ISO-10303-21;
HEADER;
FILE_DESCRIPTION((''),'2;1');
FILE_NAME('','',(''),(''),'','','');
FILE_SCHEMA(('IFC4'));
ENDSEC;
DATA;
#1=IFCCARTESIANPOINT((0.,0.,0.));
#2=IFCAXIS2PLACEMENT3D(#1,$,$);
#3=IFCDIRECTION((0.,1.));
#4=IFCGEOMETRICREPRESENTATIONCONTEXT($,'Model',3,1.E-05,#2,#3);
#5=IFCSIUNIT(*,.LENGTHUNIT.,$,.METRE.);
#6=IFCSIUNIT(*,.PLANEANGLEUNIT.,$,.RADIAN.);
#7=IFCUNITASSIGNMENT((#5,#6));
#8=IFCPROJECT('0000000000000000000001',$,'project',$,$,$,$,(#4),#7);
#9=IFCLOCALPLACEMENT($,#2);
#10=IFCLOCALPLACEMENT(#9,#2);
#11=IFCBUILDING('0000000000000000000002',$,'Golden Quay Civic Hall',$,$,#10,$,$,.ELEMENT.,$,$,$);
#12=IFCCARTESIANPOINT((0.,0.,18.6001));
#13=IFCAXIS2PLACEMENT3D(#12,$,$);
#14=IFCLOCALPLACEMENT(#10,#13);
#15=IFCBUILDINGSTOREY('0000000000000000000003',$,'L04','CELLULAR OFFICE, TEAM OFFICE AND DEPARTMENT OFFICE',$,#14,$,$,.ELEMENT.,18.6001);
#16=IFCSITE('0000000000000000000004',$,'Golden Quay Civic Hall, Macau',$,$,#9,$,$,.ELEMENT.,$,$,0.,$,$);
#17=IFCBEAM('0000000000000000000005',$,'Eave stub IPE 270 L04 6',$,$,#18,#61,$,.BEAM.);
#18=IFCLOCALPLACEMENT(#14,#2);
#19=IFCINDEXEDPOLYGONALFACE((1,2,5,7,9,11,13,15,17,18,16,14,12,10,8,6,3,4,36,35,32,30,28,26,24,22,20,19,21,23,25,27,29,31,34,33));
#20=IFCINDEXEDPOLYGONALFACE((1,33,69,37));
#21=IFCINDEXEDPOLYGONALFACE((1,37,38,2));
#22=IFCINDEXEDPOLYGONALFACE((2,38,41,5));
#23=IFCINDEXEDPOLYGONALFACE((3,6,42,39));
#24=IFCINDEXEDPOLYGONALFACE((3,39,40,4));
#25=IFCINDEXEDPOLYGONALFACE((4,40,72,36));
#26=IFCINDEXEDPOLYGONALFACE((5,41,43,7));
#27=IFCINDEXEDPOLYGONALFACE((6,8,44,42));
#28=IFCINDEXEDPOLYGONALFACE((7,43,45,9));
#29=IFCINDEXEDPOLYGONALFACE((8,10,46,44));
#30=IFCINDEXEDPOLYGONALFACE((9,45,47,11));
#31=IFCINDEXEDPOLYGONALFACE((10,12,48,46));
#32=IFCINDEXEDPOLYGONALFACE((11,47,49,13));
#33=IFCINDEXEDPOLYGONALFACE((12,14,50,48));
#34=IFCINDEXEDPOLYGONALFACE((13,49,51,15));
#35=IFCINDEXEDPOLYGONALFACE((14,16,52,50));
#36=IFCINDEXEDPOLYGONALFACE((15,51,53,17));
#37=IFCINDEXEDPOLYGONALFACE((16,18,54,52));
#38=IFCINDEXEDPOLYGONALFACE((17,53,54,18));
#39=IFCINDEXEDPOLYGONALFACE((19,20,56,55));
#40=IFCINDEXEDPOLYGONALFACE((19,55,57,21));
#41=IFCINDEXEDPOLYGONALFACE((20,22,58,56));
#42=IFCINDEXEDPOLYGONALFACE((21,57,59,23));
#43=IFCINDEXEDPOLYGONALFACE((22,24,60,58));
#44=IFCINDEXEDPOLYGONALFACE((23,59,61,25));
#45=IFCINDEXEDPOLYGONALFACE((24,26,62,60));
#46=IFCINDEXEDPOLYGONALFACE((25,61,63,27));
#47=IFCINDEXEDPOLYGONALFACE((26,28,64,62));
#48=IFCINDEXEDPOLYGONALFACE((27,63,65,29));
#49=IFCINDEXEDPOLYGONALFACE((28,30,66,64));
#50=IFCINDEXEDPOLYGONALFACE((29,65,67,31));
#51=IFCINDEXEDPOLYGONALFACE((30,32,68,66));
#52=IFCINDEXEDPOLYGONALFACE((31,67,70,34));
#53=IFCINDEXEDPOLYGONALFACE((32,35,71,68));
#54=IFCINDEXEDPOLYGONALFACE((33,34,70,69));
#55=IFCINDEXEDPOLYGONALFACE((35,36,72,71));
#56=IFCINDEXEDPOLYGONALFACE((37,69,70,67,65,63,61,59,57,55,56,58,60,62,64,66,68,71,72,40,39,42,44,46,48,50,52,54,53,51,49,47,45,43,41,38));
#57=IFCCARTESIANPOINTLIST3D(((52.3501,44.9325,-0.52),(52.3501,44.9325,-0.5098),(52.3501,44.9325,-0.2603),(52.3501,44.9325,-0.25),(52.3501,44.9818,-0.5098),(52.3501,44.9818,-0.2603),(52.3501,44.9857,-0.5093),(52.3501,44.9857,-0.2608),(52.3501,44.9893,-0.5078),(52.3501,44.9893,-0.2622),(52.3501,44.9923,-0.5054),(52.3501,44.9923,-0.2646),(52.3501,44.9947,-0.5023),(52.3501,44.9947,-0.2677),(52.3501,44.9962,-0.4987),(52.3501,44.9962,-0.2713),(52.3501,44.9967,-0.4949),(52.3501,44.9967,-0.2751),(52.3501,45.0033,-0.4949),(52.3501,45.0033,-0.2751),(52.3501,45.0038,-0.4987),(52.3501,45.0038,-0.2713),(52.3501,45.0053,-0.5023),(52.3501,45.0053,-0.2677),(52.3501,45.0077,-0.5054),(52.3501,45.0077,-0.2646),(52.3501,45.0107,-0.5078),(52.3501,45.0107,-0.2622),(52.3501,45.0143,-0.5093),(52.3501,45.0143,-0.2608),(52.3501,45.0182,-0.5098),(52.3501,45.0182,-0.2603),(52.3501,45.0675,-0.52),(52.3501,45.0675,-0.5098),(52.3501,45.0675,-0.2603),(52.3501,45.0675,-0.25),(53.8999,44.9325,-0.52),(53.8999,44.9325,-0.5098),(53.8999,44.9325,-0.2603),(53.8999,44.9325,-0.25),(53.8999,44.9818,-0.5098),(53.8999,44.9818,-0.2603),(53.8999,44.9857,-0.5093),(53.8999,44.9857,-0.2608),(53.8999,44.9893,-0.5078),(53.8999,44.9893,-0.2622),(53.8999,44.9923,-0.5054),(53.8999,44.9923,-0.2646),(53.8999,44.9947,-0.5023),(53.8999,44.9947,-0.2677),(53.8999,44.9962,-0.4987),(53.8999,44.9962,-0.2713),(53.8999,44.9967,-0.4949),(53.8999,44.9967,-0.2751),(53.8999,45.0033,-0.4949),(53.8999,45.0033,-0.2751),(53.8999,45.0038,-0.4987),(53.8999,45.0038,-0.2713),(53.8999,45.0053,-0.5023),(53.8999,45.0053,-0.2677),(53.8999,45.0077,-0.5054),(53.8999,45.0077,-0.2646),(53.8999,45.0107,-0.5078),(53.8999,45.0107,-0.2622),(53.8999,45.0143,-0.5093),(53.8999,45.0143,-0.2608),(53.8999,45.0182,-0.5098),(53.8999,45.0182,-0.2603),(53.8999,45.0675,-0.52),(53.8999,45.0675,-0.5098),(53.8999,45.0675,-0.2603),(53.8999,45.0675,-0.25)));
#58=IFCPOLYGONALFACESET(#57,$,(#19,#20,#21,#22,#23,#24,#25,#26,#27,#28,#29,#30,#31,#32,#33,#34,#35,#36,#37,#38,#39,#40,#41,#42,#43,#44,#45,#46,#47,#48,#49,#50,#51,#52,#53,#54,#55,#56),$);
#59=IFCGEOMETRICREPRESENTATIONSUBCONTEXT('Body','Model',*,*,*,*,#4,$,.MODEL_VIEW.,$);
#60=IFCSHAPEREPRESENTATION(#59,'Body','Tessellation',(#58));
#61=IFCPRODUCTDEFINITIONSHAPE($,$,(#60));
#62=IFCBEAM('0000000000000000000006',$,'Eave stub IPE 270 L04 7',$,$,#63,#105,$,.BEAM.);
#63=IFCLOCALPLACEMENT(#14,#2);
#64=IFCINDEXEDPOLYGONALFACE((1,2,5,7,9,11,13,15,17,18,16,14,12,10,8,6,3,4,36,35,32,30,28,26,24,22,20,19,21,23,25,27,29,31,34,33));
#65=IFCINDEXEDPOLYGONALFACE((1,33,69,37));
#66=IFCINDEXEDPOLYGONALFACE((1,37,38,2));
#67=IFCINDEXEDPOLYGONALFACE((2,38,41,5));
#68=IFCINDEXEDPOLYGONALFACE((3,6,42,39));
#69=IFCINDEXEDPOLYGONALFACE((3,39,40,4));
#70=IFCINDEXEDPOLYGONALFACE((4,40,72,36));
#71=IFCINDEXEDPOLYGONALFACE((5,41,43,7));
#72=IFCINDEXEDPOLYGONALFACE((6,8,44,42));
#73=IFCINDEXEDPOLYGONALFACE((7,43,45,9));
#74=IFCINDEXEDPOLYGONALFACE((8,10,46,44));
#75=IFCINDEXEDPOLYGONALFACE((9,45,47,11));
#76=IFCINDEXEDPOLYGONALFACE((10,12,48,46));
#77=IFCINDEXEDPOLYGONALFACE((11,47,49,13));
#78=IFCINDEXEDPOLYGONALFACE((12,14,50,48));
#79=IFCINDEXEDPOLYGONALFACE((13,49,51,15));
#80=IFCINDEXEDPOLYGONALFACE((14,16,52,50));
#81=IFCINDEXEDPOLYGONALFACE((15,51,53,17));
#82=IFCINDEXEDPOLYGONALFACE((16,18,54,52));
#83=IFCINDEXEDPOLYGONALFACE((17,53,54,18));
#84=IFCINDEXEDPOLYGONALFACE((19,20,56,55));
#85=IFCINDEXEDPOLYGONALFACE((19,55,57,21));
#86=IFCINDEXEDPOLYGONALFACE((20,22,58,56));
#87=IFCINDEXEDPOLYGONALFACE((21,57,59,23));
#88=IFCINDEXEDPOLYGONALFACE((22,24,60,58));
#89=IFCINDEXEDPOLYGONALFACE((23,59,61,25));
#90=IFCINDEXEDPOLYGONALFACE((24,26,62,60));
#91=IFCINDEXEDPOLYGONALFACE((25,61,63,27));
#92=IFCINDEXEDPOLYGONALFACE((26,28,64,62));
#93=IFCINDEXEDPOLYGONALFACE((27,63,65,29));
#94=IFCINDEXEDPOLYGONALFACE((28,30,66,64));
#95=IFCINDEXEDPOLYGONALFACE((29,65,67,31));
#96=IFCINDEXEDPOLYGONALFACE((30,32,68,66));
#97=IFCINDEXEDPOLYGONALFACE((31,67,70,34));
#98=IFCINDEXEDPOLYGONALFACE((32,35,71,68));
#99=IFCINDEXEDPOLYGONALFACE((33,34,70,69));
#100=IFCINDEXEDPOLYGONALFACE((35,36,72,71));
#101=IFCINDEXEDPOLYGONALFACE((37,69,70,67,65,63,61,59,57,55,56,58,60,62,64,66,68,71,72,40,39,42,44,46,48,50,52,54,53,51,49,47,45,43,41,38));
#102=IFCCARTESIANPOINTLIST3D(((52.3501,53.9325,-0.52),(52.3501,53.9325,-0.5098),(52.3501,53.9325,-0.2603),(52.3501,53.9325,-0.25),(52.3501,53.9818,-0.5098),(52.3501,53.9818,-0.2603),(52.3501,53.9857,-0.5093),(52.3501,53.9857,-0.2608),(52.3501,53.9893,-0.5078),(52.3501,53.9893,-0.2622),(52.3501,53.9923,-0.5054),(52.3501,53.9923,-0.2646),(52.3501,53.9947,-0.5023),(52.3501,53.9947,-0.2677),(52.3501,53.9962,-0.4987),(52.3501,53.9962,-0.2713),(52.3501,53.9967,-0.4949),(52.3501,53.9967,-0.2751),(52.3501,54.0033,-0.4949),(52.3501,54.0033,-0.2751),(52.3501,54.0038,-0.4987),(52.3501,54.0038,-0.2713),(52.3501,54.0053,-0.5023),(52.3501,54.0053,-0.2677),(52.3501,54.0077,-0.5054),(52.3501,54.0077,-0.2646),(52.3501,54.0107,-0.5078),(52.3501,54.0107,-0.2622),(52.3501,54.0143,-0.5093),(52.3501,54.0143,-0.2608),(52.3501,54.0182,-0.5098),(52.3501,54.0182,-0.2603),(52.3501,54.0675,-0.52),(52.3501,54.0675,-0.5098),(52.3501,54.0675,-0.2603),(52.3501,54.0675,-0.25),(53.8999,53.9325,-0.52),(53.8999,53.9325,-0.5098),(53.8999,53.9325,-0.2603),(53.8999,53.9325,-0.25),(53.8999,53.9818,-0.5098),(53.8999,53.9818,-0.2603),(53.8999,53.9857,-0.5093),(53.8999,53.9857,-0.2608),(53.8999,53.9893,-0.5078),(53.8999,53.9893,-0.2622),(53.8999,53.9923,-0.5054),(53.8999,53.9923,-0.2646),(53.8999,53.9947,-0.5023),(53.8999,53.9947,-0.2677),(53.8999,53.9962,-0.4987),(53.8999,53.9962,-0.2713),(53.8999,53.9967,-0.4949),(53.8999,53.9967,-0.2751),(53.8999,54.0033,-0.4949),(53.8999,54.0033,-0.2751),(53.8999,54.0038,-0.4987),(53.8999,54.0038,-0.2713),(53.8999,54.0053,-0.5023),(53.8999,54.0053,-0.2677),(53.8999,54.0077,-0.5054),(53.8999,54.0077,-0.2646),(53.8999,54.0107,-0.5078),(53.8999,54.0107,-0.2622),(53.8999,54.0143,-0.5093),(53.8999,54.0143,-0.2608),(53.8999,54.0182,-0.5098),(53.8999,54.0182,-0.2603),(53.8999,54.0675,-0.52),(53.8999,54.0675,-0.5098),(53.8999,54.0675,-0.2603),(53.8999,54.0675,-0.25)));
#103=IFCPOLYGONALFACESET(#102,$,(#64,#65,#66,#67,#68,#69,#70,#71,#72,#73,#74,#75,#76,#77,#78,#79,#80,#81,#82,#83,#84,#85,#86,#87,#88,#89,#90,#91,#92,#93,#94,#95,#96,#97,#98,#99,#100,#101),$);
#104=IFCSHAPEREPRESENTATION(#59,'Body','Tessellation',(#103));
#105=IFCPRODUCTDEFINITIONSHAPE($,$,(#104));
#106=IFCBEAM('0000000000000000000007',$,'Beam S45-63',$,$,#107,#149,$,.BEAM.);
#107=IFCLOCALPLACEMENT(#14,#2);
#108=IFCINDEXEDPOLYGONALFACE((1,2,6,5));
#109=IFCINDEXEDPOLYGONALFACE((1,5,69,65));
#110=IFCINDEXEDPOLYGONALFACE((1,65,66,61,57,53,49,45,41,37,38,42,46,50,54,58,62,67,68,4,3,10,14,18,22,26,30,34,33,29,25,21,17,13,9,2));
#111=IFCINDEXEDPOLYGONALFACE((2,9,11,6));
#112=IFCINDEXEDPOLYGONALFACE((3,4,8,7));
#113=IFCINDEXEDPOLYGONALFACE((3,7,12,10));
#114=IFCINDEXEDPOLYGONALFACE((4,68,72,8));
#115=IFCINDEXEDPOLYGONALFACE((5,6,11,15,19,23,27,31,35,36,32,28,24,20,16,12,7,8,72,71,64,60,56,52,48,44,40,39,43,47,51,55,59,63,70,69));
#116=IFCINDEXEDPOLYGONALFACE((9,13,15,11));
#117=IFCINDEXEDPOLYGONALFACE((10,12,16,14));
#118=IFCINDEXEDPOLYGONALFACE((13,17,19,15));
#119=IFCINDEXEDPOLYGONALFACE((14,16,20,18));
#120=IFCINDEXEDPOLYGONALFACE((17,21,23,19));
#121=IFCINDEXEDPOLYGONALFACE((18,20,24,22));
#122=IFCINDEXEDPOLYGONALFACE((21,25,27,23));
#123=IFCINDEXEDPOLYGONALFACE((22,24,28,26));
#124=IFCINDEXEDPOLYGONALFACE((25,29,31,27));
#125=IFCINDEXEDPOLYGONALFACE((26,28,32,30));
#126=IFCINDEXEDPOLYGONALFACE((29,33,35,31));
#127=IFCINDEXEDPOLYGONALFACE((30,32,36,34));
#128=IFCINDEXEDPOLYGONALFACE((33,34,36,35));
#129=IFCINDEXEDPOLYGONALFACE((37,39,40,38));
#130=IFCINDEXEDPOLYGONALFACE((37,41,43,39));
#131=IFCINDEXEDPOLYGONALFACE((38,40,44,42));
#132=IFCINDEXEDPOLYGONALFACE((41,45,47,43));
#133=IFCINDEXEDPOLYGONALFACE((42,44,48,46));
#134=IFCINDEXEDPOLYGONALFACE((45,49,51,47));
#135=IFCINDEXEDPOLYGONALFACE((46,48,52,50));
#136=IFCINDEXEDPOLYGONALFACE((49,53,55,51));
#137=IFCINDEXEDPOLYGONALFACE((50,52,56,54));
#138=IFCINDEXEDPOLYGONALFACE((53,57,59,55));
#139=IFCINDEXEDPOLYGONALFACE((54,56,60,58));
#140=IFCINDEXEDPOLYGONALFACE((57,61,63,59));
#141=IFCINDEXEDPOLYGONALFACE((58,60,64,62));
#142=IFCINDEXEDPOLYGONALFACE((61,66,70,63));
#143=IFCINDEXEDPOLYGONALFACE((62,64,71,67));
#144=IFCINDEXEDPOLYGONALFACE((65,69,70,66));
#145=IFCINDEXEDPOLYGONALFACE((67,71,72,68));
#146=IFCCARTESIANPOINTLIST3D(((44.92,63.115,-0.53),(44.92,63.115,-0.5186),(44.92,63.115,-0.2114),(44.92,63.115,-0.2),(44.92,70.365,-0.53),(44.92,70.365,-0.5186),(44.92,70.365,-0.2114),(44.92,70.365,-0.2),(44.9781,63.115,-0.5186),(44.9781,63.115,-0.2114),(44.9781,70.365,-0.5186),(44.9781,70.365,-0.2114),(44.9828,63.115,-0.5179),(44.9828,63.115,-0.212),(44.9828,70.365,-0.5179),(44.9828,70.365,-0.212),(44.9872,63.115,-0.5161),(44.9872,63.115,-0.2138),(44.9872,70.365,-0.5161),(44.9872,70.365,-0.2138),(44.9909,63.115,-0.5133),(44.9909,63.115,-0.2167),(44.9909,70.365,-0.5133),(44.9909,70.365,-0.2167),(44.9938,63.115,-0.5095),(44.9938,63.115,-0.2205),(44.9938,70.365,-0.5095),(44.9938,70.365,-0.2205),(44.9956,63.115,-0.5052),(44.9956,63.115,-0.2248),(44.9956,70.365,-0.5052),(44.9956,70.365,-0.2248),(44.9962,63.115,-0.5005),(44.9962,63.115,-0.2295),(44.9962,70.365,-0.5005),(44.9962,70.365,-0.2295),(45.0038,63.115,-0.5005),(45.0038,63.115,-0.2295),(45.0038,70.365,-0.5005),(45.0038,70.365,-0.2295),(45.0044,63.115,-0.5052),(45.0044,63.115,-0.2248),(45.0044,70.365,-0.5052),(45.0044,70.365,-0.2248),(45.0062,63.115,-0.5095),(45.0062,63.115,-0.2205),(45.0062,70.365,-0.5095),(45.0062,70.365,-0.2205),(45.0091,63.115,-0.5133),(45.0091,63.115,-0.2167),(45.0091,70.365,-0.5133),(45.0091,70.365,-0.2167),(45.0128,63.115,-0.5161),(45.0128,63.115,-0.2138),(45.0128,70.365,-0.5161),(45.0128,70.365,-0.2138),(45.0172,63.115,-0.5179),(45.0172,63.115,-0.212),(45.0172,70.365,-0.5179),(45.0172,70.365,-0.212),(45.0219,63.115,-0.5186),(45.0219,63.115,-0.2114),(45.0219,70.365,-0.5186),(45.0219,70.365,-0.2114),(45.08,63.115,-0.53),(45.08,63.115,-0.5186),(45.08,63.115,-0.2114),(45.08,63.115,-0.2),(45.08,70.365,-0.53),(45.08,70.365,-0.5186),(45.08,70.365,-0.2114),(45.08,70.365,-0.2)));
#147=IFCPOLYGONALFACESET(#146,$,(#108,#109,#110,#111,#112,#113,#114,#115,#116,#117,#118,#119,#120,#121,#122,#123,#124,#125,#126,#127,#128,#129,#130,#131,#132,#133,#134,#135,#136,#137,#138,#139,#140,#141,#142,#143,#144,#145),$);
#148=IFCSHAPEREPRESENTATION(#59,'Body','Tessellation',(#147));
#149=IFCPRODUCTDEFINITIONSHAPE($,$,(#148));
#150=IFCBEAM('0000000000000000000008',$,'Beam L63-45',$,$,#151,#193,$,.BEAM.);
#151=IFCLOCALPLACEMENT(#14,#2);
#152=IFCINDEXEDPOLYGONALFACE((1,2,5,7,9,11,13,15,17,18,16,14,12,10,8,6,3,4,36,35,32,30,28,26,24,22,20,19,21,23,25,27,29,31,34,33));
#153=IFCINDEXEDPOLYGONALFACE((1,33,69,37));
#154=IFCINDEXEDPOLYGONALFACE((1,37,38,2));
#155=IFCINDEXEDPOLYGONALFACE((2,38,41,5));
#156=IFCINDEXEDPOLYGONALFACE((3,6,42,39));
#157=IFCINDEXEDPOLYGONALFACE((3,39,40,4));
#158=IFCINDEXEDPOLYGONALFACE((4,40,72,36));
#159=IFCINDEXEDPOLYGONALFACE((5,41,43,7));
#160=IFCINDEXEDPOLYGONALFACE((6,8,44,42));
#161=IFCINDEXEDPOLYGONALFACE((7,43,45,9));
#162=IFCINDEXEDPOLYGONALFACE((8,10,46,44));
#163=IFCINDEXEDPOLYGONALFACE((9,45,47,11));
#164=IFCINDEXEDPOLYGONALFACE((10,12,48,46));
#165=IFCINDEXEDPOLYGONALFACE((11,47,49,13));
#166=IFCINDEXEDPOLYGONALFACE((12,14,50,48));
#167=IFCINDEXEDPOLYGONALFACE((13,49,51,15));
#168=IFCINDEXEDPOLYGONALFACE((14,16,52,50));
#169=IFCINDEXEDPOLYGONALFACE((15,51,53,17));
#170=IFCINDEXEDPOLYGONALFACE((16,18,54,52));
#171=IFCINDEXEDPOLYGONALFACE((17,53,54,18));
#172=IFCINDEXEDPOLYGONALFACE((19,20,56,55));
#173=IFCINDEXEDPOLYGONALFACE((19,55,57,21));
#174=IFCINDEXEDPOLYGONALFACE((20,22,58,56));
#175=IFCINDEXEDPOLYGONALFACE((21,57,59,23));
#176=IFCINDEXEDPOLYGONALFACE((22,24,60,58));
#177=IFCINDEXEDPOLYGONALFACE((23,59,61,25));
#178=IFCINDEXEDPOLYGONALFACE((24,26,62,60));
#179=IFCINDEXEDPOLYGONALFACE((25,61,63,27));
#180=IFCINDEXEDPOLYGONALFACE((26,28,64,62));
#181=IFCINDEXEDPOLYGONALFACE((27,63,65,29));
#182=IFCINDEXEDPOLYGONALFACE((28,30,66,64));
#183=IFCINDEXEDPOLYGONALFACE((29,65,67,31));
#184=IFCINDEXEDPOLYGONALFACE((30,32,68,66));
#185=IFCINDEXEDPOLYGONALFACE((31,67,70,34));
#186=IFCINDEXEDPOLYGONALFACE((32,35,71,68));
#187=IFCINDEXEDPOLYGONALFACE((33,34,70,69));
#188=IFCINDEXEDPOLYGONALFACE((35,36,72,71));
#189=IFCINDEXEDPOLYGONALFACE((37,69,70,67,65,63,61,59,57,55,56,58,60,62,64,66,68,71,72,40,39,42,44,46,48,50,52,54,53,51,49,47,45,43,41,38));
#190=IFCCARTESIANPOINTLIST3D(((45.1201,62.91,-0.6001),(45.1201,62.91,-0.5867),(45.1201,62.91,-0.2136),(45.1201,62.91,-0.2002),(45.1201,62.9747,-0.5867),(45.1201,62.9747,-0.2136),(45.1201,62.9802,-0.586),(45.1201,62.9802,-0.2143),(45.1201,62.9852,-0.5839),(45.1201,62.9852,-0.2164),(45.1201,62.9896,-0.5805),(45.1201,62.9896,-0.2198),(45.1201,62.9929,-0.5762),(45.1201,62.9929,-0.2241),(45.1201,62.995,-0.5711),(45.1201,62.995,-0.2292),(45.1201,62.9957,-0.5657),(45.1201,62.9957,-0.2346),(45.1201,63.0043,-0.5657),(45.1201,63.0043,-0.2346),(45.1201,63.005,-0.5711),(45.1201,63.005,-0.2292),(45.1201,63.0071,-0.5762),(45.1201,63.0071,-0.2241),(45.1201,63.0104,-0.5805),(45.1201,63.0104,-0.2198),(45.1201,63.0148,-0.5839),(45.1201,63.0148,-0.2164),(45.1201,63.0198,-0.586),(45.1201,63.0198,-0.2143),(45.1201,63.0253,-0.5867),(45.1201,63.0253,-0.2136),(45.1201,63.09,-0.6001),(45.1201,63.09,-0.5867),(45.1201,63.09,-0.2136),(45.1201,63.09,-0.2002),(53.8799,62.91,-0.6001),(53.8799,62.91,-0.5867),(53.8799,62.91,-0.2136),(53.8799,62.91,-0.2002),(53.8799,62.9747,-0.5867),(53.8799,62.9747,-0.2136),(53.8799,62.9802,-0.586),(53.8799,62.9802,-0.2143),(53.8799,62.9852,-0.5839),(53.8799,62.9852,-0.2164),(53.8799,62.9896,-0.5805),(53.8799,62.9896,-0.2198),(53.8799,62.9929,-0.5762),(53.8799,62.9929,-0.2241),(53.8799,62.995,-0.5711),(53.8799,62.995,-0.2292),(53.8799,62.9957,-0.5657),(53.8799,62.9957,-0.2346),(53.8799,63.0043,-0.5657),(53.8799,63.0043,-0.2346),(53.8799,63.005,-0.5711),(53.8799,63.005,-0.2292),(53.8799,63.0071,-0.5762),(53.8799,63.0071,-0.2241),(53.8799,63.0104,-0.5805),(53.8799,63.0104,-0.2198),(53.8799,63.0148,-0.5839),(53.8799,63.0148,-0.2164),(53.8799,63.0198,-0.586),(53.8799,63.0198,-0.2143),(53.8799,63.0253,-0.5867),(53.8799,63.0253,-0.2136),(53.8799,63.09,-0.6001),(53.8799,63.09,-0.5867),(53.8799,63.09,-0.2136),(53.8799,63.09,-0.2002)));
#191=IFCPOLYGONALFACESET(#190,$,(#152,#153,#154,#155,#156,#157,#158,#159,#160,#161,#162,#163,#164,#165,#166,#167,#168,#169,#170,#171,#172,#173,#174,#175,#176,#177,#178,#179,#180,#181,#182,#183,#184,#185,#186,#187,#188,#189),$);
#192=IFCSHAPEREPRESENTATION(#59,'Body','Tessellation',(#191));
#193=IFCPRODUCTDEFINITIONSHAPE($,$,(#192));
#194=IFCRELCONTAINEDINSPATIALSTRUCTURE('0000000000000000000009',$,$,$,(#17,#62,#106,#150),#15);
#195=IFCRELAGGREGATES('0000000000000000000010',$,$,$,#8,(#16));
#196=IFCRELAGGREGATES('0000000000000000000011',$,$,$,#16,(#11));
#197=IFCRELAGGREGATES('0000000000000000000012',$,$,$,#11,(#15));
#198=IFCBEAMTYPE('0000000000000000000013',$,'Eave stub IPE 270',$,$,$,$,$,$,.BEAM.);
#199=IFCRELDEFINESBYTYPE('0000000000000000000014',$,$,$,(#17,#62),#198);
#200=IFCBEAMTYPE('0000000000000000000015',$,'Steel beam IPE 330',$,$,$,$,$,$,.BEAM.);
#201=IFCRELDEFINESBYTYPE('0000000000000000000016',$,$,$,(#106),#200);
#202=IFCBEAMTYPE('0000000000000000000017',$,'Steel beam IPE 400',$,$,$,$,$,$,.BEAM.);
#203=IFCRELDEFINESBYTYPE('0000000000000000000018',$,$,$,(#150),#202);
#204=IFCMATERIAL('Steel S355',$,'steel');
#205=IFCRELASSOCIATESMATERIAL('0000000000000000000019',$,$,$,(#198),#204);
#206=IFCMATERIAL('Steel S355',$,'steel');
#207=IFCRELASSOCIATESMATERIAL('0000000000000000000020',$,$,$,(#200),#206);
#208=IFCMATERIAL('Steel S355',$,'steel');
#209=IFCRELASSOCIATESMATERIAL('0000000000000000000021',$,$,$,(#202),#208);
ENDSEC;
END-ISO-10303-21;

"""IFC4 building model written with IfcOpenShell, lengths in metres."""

from ifc_helpers import new_model, si_unit, direction, frame, origin, origin_2d, place, context, subcontext, project, spatial, i_section, extrude, material, material_profile, profile_set, type_object, element, save


model = new_model("IFC4")

# Units and contexts
model_context = context("Model", 3, precision=1e-05, world=origin(), true_north=direction((0.0, 1.0)))
body_context = subcontext(model_context, "Body", "Model", "MODEL_VIEW")
ifc_project = project(units=[si_unit("LENGTHUNIT", "METRE"), si_unit("PLANEANGLEUNIT", "RADIAN")], contexts=[model_context])

# Site, building, storey
site_placement = place(None, origin())
site = spatial("IfcSite", under=ifc_project, at=site_placement, Name="Golden Quay Civic Hall, Macau", CompositionType="ELEMENT", RefElevation=0.0)
building_placement = place(site_placement, origin())
building = spatial("IfcBuilding", under=site, at=building_placement, Name="Golden Quay Civic Hall", CompositionType="ELEMENT")
storey_placement = place(building_placement, frame((0.0, 0.0, 18.6001)))
storey = spatial("IfcBuildingStorey", under=building, at=storey_placement, Name="L04", Description="CELLULAR OFFICE, TEAM OFFICE AND DEPARTMENT OFFICE", CompositionType="ELEMENT", Elevation=18.6001)

# Beams
ifc_material_1 = material(Name="Steel S355", Category="steel")
ifc_material_profile_1 = material_profile(ifc_material_1, i_section(OverallWidth=0.135, OverallDepth=0.27, WebThickness=0.0066, FlangeThickness=0.0103, FilletRadius=0.0149, at=origin_2d()), Name="IPE 270")
ifc_profile_set_1 = profile_set([ifc_material_profile_1], Name="Steel S355")
beam_type_1 = type_object("IfcBeamType", Name="Eave stub IPE 270", PredefinedType="BEAM", material=ifc_profile_set_1)
for number, where, z_axis, x_axis, name in (
    (1, (53.8999, 45.0, -0.385), (-1.0, 0.0, 0.0), (0.0, -1.0, 0.0), "Eave stub IPE 270 L04 6"),
    (2, (53.8999, 54.0, -0.385), (-1.0, 0.0, 0.0), (0.0, -1.0, 0.0), "Eave stub IPE 270 L04 7"),
):
    element("IfcBeam", number, at=place(storey_placement, frame(where, z_axis=z_axis, x_axis=x_axis)), inside=storey, type_object=beam_type_1, Name=name, PredefinedType="BEAM", context=body_context, shape_type="SweptSolid", body=[
        extrude(i_section(OverallWidth=0.135, OverallDepth=0.27, WebThickness=0.0066, FlangeThickness=0.0103, FilletRadius=0.0149, at=origin_2d()), origin(), (0.0, 0.0, 1.0), 1.5498),
    ])
ifc_material_2 = material(Name="Steel S355", Category="steel")
ifc_material_profile_2 = material_profile(ifc_material_2, i_section(OverallWidth=0.1599, OverallDepth=0.3301, WebThickness=0.0076, FlangeThickness=0.0115, FilletRadius=0.0181, at=origin_2d()), Name="IPE 330")
ifc_profile_set_2 = profile_set([ifc_material_profile_2], Name="Steel S355")
beam_type_2 = type_object("IfcBeamType", Name="Steel beam IPE 330", PredefinedType="BEAM", material=ifc_profile_set_2)
beam_1_placement = place(storey_placement, frame((45.0, 63.115, -0.365), z_axis=(0.0, 1.0, 0.0), x_axis=(-1.0, 0.0, 0.0)))
element("IfcBeam", 3, at=beam_1_placement, inside=storey, type_object=beam_type_2, Name="Beam S45-63", PredefinedType="BEAM", context=body_context, shape_type="SweptSolid", body=[
    extrude(i_section(OverallWidth=0.1599, OverallDepth=0.3301, WebThickness=0.0076, FlangeThickness=0.0115, FilletRadius=0.0181, at=origin_2d()), origin(), (0.0, 0.0, 1.0), 7.25),
])
ifc_material_3 = material(Name="Steel S355", Category="steel")
ifc_material_profile_3 = material_profile(ifc_material_3, i_section(OverallWidth=0.1799, OverallDepth=0.3999, WebThickness=0.0085, FlangeThickness=0.0134, FilletRadius=0.021, at=origin_2d()), Name="IPE 400")
ifc_profile_set_3 = profile_set([ifc_material_profile_3], Name="Steel S355")
beam_type_3 = type_object("IfcBeamType", Name="Steel beam IPE 400", PredefinedType="BEAM", material=ifc_profile_set_3)
beam_2_placement = place(storey_placement, frame((45.1201, 63.0, -0.4001), z_axis=(1.0, 0.0, 0.0), x_axis=(0.0, 1.0, 0.0)))
element("IfcBeam", 4, at=beam_2_placement, inside=storey, type_object=beam_type_3, Name="Beam L63-45", PredefinedType="BEAM", context=body_context, shape_type="SweptSolid", body=[
    extrude(i_section(OverallWidth=0.1799, OverallDepth=0.3999, WebThickness=0.0085, FlangeThickness=0.0134, FilletRadius=0.021, at=origin_2d()), origin(), (0.0, 0.0, 1.0), 8.7598),
])

save(model, "model.ifc")
